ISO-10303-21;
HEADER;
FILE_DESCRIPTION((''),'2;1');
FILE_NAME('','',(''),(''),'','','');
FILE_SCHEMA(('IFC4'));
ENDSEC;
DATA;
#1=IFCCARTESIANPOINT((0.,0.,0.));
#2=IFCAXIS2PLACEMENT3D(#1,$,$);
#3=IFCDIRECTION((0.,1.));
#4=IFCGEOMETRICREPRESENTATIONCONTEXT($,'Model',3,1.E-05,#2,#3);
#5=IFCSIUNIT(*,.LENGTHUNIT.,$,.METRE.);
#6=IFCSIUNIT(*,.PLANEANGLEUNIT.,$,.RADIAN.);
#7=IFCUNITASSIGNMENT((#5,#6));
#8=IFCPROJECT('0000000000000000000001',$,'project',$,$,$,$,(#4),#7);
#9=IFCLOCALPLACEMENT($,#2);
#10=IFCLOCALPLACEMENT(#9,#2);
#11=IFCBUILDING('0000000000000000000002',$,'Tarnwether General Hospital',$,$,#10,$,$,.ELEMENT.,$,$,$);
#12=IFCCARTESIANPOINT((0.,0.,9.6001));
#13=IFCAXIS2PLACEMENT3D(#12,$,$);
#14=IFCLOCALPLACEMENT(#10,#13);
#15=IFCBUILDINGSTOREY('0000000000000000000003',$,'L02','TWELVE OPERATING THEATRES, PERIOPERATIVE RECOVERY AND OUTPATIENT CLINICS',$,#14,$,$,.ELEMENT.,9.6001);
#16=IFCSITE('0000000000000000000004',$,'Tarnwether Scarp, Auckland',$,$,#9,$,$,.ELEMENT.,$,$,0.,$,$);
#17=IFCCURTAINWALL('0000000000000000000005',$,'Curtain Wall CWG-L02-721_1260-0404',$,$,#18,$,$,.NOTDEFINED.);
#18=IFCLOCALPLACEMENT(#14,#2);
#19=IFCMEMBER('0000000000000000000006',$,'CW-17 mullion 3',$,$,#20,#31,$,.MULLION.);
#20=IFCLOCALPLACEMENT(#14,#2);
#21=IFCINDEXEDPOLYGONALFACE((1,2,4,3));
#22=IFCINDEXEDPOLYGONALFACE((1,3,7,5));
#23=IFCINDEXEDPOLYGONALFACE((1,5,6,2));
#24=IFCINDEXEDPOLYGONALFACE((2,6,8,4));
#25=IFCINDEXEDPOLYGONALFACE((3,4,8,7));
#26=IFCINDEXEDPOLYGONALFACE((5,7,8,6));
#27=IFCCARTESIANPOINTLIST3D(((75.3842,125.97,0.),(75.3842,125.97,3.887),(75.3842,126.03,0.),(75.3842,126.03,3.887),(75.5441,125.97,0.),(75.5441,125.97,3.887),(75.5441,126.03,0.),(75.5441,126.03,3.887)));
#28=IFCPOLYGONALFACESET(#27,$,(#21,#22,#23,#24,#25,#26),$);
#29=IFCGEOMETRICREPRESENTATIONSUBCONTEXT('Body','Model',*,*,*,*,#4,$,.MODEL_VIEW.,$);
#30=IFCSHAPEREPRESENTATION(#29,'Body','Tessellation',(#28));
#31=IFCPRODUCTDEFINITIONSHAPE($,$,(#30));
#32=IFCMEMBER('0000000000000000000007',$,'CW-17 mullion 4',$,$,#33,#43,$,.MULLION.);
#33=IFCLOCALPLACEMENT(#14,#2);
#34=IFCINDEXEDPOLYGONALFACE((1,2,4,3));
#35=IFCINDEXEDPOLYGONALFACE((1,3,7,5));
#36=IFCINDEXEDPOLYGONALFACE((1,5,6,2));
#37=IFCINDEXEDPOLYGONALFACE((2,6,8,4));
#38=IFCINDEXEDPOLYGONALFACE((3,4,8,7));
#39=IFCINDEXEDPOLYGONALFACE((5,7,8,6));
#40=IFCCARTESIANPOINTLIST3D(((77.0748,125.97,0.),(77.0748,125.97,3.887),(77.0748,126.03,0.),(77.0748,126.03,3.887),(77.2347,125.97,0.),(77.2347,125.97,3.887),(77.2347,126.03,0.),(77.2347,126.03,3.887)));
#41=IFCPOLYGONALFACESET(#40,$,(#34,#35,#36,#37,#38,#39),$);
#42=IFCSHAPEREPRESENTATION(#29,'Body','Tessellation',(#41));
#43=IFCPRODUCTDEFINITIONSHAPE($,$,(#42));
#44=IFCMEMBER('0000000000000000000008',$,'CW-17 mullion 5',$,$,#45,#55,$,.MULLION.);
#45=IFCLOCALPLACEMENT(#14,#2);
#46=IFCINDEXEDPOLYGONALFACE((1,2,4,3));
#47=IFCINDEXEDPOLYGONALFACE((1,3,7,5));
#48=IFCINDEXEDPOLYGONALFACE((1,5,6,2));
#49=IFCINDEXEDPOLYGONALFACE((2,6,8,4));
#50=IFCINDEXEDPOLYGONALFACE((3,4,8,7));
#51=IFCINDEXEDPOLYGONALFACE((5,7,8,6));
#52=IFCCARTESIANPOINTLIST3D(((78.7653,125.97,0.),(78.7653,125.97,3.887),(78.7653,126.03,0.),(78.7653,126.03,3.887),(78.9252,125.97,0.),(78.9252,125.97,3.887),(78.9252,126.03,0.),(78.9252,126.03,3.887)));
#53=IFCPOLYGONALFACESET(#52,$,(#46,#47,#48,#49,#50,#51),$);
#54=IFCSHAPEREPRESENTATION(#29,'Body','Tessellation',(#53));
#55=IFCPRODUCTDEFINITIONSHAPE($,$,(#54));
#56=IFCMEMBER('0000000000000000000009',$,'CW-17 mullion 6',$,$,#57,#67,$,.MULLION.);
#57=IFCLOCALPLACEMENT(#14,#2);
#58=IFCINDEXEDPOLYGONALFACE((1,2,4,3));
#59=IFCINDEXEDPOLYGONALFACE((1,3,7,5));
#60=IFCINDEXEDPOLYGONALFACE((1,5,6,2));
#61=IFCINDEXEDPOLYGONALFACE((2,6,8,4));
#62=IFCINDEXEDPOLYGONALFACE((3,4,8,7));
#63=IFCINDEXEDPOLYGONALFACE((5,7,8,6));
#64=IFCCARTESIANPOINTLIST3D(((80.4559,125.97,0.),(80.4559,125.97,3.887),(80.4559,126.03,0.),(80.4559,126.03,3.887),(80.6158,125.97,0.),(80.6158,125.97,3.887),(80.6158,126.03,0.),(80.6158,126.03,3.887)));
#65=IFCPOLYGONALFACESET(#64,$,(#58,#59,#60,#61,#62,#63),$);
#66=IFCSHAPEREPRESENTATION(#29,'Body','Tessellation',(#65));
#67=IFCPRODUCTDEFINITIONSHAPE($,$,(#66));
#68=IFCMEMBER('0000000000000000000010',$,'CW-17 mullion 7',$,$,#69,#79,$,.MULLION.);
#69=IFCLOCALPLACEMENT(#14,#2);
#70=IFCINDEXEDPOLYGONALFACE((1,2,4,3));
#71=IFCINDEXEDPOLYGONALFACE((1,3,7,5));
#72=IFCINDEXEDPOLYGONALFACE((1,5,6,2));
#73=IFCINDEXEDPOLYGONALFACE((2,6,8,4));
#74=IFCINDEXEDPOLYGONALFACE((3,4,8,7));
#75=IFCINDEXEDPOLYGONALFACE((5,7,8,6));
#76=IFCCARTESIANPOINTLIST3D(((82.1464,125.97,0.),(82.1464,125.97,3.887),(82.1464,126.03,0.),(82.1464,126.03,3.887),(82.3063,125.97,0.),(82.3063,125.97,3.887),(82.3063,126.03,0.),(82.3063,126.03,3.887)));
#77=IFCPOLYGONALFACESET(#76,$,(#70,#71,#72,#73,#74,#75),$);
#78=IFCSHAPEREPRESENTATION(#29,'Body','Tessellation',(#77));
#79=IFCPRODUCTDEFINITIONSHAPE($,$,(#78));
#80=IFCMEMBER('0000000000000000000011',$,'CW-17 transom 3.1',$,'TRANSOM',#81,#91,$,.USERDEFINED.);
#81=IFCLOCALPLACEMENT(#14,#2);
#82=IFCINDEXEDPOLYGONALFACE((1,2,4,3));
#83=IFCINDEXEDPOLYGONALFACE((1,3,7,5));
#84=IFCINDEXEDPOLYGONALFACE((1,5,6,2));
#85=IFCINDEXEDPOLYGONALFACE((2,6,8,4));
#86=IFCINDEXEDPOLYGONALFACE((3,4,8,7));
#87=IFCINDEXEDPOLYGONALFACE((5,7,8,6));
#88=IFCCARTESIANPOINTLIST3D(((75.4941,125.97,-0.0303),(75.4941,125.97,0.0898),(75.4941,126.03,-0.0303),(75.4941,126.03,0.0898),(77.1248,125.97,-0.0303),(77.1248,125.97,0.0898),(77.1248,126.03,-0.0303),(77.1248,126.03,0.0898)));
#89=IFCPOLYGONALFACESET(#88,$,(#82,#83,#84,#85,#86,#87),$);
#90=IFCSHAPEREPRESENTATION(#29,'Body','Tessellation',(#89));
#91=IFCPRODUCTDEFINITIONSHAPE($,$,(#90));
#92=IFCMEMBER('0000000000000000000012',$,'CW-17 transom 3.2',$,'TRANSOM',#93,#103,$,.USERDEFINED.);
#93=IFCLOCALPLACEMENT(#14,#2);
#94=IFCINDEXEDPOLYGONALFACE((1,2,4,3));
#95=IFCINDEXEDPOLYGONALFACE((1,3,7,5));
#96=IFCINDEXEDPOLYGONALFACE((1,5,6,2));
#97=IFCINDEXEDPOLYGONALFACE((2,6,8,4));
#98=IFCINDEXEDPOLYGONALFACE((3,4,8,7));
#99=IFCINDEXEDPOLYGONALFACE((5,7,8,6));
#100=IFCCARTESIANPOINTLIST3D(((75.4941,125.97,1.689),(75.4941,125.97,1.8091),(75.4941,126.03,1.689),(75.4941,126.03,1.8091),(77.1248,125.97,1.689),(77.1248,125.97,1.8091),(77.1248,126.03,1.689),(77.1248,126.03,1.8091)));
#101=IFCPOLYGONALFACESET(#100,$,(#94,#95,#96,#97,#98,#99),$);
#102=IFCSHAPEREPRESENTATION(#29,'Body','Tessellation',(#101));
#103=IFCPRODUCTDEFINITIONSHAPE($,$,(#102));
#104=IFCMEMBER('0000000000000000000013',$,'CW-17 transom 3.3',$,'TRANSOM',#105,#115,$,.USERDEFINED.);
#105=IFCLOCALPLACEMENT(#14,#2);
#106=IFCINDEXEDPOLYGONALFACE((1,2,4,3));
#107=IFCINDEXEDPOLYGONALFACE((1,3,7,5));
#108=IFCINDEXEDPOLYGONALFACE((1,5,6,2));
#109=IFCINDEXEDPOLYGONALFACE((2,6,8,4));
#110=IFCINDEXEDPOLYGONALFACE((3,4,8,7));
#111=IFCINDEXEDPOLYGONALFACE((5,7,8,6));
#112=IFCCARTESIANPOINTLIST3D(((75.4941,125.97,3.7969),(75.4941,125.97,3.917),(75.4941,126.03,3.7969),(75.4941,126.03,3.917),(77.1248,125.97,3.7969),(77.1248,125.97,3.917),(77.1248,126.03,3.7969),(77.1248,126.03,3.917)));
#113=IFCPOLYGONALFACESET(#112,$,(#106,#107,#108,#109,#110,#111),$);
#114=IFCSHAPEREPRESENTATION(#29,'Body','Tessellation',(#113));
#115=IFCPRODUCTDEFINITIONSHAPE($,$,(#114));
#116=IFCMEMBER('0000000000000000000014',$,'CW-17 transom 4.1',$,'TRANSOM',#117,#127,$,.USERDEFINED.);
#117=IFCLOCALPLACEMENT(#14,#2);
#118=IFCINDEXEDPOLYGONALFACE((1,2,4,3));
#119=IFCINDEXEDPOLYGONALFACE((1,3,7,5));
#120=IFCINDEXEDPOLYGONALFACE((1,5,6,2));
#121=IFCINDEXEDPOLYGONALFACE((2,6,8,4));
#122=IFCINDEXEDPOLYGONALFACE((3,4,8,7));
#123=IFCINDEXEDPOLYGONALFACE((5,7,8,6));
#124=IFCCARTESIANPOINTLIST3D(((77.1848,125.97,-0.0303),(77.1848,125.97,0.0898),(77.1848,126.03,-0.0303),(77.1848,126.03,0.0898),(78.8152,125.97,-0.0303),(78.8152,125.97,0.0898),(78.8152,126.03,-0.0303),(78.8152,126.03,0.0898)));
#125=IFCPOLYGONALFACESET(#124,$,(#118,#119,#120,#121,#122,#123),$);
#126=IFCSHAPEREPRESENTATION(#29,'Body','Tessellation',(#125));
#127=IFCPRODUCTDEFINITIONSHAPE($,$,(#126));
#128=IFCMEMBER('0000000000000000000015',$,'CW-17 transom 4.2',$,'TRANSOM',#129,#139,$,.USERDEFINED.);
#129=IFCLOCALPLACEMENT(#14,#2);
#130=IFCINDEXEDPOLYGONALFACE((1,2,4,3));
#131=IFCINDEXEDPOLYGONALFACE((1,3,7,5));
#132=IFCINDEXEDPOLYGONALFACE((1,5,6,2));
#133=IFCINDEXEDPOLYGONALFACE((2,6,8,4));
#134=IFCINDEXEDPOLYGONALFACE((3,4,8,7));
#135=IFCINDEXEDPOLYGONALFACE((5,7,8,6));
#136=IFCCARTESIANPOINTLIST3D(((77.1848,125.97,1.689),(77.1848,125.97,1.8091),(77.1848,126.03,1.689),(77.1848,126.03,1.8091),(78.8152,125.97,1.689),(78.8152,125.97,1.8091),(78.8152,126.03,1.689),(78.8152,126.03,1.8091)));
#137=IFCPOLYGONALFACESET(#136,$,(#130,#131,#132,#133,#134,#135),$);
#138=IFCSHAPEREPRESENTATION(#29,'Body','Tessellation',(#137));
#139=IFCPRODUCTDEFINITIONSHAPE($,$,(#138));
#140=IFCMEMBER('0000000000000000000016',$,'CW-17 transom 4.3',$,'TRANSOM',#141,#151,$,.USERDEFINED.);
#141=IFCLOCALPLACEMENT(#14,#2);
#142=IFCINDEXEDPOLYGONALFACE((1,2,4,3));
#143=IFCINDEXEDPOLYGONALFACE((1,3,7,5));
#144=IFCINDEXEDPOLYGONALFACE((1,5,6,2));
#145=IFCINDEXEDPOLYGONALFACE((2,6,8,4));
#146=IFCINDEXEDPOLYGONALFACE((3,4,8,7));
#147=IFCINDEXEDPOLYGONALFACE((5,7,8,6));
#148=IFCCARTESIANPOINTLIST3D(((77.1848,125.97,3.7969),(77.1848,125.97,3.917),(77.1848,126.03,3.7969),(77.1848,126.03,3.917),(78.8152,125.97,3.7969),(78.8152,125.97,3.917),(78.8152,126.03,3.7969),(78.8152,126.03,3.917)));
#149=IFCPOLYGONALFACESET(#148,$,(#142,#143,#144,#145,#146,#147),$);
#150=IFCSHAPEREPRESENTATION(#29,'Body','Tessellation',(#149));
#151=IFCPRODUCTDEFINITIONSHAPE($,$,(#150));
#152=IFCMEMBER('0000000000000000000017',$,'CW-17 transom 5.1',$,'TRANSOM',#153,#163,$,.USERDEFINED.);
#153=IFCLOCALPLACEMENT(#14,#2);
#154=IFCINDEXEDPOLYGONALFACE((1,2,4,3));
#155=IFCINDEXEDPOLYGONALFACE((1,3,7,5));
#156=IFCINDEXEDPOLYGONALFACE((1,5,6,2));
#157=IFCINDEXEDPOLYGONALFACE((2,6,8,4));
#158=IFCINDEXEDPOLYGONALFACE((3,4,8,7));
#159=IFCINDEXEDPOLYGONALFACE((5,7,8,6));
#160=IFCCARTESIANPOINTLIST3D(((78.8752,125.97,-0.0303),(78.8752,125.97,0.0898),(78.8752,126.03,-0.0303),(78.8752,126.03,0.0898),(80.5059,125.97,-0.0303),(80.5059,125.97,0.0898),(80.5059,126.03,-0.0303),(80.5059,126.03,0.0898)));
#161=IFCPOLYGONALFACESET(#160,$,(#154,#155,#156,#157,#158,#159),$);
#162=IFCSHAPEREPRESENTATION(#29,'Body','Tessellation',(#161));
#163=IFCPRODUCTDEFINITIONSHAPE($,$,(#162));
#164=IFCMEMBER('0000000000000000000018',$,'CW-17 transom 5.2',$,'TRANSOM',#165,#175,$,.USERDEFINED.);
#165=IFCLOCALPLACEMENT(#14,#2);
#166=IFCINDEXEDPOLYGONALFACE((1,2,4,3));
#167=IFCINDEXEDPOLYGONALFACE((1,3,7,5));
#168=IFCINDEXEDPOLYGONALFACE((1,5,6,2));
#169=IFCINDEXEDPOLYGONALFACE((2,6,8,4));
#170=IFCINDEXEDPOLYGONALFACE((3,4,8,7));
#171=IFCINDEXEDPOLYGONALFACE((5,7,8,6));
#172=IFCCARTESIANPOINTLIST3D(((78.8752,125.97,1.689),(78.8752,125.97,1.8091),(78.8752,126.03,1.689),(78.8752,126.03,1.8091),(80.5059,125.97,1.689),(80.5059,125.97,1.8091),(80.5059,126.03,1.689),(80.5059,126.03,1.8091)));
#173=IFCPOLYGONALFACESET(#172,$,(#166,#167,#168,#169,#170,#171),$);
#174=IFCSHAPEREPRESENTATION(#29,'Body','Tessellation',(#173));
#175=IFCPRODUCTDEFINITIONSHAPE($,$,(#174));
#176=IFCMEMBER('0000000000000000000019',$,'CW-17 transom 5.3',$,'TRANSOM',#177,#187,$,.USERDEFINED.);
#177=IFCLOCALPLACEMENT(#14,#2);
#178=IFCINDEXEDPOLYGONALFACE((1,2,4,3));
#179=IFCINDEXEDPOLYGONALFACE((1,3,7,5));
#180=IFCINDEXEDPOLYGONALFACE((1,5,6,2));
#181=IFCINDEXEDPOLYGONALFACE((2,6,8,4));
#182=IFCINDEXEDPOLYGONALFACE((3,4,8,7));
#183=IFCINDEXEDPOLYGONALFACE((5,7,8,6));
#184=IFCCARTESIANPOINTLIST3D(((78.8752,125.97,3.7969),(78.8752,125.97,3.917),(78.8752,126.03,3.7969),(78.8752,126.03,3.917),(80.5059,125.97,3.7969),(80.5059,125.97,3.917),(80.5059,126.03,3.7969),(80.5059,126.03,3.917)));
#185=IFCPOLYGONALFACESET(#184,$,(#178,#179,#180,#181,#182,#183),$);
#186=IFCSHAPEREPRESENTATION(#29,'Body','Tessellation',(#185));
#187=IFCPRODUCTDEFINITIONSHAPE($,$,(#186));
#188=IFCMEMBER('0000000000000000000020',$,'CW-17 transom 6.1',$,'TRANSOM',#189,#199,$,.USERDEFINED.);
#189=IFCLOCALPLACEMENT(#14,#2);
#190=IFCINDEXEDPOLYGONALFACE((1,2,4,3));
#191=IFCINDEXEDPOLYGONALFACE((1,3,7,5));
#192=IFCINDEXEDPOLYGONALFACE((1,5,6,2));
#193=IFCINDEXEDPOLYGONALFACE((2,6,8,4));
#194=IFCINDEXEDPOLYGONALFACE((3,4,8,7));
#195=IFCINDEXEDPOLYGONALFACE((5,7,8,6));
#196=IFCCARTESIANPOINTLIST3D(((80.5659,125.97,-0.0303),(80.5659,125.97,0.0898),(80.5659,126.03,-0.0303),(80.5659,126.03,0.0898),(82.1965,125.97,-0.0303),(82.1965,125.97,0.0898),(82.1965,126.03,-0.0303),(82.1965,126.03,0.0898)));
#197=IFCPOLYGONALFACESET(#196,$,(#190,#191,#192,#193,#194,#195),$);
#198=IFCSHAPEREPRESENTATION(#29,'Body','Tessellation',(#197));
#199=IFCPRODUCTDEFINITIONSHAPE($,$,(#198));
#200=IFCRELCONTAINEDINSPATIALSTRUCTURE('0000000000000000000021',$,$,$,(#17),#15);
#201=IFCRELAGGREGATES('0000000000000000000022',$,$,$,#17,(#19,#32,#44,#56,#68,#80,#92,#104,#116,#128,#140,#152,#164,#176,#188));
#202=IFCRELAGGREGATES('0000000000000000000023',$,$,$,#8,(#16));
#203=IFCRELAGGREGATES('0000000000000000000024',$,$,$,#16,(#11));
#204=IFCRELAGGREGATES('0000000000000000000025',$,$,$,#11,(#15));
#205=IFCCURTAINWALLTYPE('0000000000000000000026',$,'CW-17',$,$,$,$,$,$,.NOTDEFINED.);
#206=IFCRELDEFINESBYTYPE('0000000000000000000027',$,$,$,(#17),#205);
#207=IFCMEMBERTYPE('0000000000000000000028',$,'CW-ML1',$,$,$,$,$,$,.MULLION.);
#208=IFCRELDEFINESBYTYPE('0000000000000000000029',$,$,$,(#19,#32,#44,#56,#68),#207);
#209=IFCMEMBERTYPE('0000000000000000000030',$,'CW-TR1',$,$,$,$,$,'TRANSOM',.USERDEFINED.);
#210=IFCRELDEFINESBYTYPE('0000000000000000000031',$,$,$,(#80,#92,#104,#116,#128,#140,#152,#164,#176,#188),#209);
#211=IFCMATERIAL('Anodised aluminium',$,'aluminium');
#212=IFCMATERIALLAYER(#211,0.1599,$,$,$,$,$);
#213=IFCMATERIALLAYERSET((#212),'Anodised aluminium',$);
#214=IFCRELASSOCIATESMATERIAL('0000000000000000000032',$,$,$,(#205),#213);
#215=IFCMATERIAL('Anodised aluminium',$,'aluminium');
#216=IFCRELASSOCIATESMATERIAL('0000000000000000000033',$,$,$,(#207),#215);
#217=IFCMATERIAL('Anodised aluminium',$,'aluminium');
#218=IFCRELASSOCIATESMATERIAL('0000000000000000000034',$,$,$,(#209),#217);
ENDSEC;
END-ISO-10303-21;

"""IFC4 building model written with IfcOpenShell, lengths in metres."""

from ifc_helpers import new_model, si_unit, direction, frame, origin, origin_2d, place, context, subcontext, project, spatial, rectangle, extrude, material, layer, layer_set, material_profile, profile_set, type_object, element, aggregate, save


model = new_model("IFC4")

# Units and contexts
model_context = context("Model", 3, precision=1e-05, world=origin(), true_north=direction((0.0, 1.0)))
body_context = subcontext(model_context, "Body", "Model", "MODEL_VIEW")
ifc_project = project(units=[si_unit("LENGTHUNIT", "METRE"), si_unit("PLANEANGLEUNIT", "RADIAN")], contexts=[model_context])

# Site, building, storey
site_placement = place(None, origin())
site = spatial("IfcSite", under=ifc_project, at=site_placement, Name="Tarnwether Scarp, Auckland", CompositionType="ELEMENT", RefElevation=0.0)
building_placement = place(site_placement, origin())
building = spatial("IfcBuilding", under=site, at=building_placement, Name="Tarnwether General Hospital", CompositionType="ELEMENT")
storey_placement = place(building_placement, frame((0.0, 0.0, 9.6001)))
storey = spatial("IfcBuildingStorey", under=building, at=storey_placement, Name="L02", Description="TWELVE OPERATING THEATRES, PERIOPERATIVE RECOVERY AND OUTPATIENT CLINICS", CompositionType="ELEMENT", Elevation=9.6001)

# Curtain wall, members
ifc_material_1 = material(Name="Anodised aluminium", Category="aluminium")
ifc_layer_1 = layer(ifc_material_1, 0.1599)
ifc_layer_set_1 = layer_set([ifc_layer_1], Name="Anodised aluminium")
curtain_wall_type = type_object("IfcCurtainWallType", Name="CW-17", PredefinedType="NOTDEFINED", material=ifc_layer_set_1)
curtain_wall_placement = place(storey_placement, origin())
curtain_wall = element("IfcCurtainWall", 1, at=curtain_wall_placement, inside=storey, type_object=curtain_wall_type, Name="Curtain Wall CWG-L02-721_1260-0404", PredefinedType="NOTDEFINED")
ifc_material_2 = material(Name="Anodised aluminium", Category="aluminium")
ifc_material_profile_1 = material_profile(ifc_material_2, rectangle(XDim=0.0601, YDim=0.1599, at=origin_2d()), Name="ALU-MUL-60x160")
ifc_profile_set_1 = profile_set([ifc_material_profile_1], Name="Anodised aluminium")
member_type_1 = type_object("IfcMemberType", Name="CW-ML1", PredefinedType="MULLION", material=ifc_profile_set_1)
member_1_placement = place(storey_placement, frame((75.4641, 126.0, 0.0), z_axis=(0.0, 0.0, 1.0), x_axis=(0.0, 1.0, 0.0)))
member_1 = element("IfcMember", 2, at=member_1_placement, type_object=member_type_1, Name="CW-17 mullion 3", PredefinedType="MULLION", context=body_context, shape_type="SweptSolid", body=[
    extrude(rectangle(XDim=0.0601, YDim=0.1599, at=origin_2d()), origin(), (0.0, 0.0, 1.0), 3.887),
])
member_2_placement = place(storey_placement, frame((77.1548, 126.0, 0.0), z_axis=(0.0, 0.0, 1.0), x_axis=(0.0, 1.0, 0.0)))
member_2 = element("IfcMember", 3, at=member_2_placement, type_object=member_type_1, Name="CW-17 mullion 4", PredefinedType="MULLION", context=body_context, shape_type="SweptSolid", body=[
    extrude(rectangle(XDim=0.0601, YDim=0.1599, at=origin_2d()), origin(), (0.0, 0.0, 1.0), 3.887),
])
member_3_placement = place(storey_placement, frame((78.8452, 126.0, 0.0), z_axis=(0.0, 0.0, 1.0), x_axis=(0.0, 1.0, 0.0)))
member_3 = element("IfcMember", 4, at=member_3_placement, type_object=member_type_1, Name="CW-17 mullion 5", PredefinedType="MULLION", context=body_context, shape_type="SweptSolid", body=[
    extrude(rectangle(XDim=0.0601, YDim=0.1599, at=origin_2d()), origin(), (0.0, 0.0, 1.0), 3.887),
])
member_4_placement = place(storey_placement, frame((80.5359, 126.0, 0.0), z_axis=(0.0, 0.0, 1.0), x_axis=(0.0, 1.0, 0.0)))
member_4 = element("IfcMember", 5, at=member_4_placement, type_object=member_type_1, Name="CW-17 mullion 6", PredefinedType="MULLION", context=body_context, shape_type="SweptSolid", body=[
    extrude(rectangle(XDim=0.0601, YDim=0.1599, at=origin_2d()), origin(), (0.0, 0.0, 1.0), 3.887),
])
member_5_placement = place(storey_placement, frame((82.2263, 126.0, 0.0), z_axis=(0.0, 0.0, 1.0), x_axis=(0.0, 1.0, 0.0)))
member_5 = element("IfcMember", 6, at=member_5_placement, type_object=member_type_1, Name="CW-17 mullion 7", PredefinedType="MULLION", context=body_context, shape_type="SweptSolid", body=[
    extrude(rectangle(XDim=0.0601, YDim=0.1599, at=origin_2d()), origin(), (0.0, 0.0, 1.0), 3.887),
])
ifc_material_3 = material(Name="Anodised aluminium", Category="aluminium")
ifc_material_profile_2 = material_profile(ifc_material_3, rectangle(XDim=0.0601, YDim=0.1201, at=origin_2d()), Name="ALU-TRN-60x120")
ifc_profile_set_2 = profile_set([ifc_material_profile_2], Name="Anodised aluminium")
member_type_2 = type_object("IfcMemberType", Name="CW-TR1", ElementType="TRANSOM", PredefinedType="USERDEFINED", material=ifc_profile_set_2)
member_6_placement = place(storey_placement, frame((75.4941, 126.0, 0.0298), z_axis=(1.0, 0.0, 0.0), x_axis=(0.0, 1.0, 0.0)))
member_6 = element("IfcMember", 7, at=member_6_placement, type_object=member_type_2, Name="CW-17 transom 3.1", ObjectType="TRANSOM", PredefinedType="USERDEFINED", context=body_context, shape_type="SweptSolid", body=[
    extrude(rectangle(XDim=0.0601, YDim=0.1201, at=origin_2d()), origin(), (0.0, 0.0, 1.0), 1.6306),
])
member_7_placement = place(storey_placement, frame((75.4941, 126.0, 1.749), z_axis=(1.0, 0.0, 0.0), x_axis=(0.0, 1.0, 0.0)))
member_7 = element("IfcMember", 8, at=member_7_placement, type_object=member_type_2, Name="CW-17 transom 3.2", ObjectType="TRANSOM", PredefinedType="USERDEFINED", context=body_context, shape_type="SweptSolid", body=[
    extrude(rectangle(XDim=0.0601, YDim=0.1201, at=origin_2d()), origin(), (0.0, 0.0, 1.0), 1.6306),
])
member_8_placement = place(storey_placement, frame((75.4941, 126.0, 3.8569), z_axis=(1.0, 0.0, 0.0), x_axis=(0.0, 1.0, 0.0)))
member_8 = element("IfcMember", 9, at=member_8_placement, type_object=member_type_2, Name="CW-17 transom 3.3", ObjectType="TRANSOM", PredefinedType="USERDEFINED", context=body_context, shape_type="SweptSolid", body=[
    extrude(rectangle(XDim=0.0601, YDim=0.1201, at=origin_2d()), origin(), (0.0, 0.0, 1.0), 1.6306),
])
member_9_placement = place(storey_placement, frame((77.1848, 126.0, 0.0298), z_axis=(1.0, 0.0, 0.0), x_axis=(0.0, 1.0, 0.0)))
member_9 = element("IfcMember", 10, at=member_9_placement, type_object=member_type_2, Name="CW-17 transom 4.1", ObjectType="TRANSOM", PredefinedType="USERDEFINED", context=body_context, shape_type="SweptSolid", body=[
    extrude(rectangle(XDim=0.0601, YDim=0.1201, at=origin_2d()), origin(), (0.0, 0.0, 1.0), 1.6304),
])
member_10_placement = place(storey_placement, frame((77.1848, 126.0, 1.749), z_axis=(1.0, 0.0, 0.0), x_axis=(0.0, 1.0, 0.0)))
member_10 = element("IfcMember", 11, at=member_10_placement, type_object=member_type_2, Name="CW-17 transom 4.2", ObjectType="TRANSOM", PredefinedType="USERDEFINED", context=body_context, shape_type="SweptSolid", body=[
    extrude(rectangle(XDim=0.0601, YDim=0.1201, at=origin_2d()), origin(), (0.0, 0.0, 1.0), 1.6304),
])
member_11_placement = place(storey_placement, frame((77.1848, 126.0, 3.8569), z_axis=(1.0, 0.0, 0.0), x_axis=(0.0, 1.0, 0.0)))
member_11 = element("IfcMember", 12, at=member_11_placement, type_object=member_type_2, Name="CW-17 transom 4.3", ObjectType="TRANSOM", PredefinedType="USERDEFINED", context=body_context, shape_type="SweptSolid", body=[
    extrude(rectangle(XDim=0.0601, YDim=0.1201, at=origin_2d()), origin(), (0.0, 0.0, 1.0), 1.6304),
])
member_12_placement = place(storey_placement, frame((78.8752, 126.0, 0.0298), z_axis=(1.0, 0.0, 0.0), x_axis=(0.0, 1.0, 0.0)))
member_12 = element("IfcMember", 13, at=member_12_placement, type_object=member_type_2, Name="CW-17 transom 5.1", ObjectType="TRANSOM", PredefinedType="USERDEFINED", context=body_context, shape_type="SweptSolid", body=[
    extrude(rectangle(XDim=0.0601, YDim=0.1201, at=origin_2d()), origin(), (0.0, 0.0, 1.0), 1.6306),
])
member_13_placement = place(storey_placement, frame((78.8752, 126.0, 1.749), z_axis=(1.0, 0.0, 0.0), x_axis=(0.0, 1.0, 0.0)))
member_13 = element("IfcMember", 14, at=member_13_placement, type_object=member_type_2, Name="CW-17 transom 5.2", ObjectType="TRANSOM", PredefinedType="USERDEFINED", context=body_context, shape_type="SweptSolid", body=[
    extrude(rectangle(XDim=0.0601, YDim=0.1201, at=origin_2d()), origin(), (0.0, 0.0, 1.0), 1.6306),
])
member_14_placement = place(storey_placement, frame((78.8752, 126.0, 3.8569), z_axis=(1.0, 0.0, 0.0), x_axis=(0.0, 1.0, 0.0)))
member_14 = element("IfcMember", 15, at=member_14_placement, type_object=member_type_2, Name="CW-17 transom 5.3", ObjectType="TRANSOM", PredefinedType="USERDEFINED", context=body_context, shape_type="SweptSolid", body=[
    extrude(rectangle(XDim=0.0601, YDim=0.1201, at=origin_2d()), origin(), (0.0, 0.0, 1.0), 1.6306),
])
member_15_placement = place(storey_placement, frame((80.5659, 126.0, 0.0298), z_axis=(1.0, 0.0, 0.0), x_axis=(0.0, 1.0, 0.0)))
member_15 = element("IfcMember", 16, at=member_15_placement, type_object=member_type_2, Name="CW-17 transom 6.1", ObjectType="TRANSOM", PredefinedType="USERDEFINED", context=body_context, shape_type="SweptSolid", body=[
    extrude(rectangle(XDim=0.0601, YDim=0.1201, at=origin_2d()), origin(), (0.0, 0.0, 1.0), 1.6306),
])
aggregate(curtain_wall, [member_1, member_2, member_3, member_4, member_5, member_6, member_7, member_8, member_9, member_10, member_11, member_12, member_13, member_14, member_15])

save(model, "model.ifc")
